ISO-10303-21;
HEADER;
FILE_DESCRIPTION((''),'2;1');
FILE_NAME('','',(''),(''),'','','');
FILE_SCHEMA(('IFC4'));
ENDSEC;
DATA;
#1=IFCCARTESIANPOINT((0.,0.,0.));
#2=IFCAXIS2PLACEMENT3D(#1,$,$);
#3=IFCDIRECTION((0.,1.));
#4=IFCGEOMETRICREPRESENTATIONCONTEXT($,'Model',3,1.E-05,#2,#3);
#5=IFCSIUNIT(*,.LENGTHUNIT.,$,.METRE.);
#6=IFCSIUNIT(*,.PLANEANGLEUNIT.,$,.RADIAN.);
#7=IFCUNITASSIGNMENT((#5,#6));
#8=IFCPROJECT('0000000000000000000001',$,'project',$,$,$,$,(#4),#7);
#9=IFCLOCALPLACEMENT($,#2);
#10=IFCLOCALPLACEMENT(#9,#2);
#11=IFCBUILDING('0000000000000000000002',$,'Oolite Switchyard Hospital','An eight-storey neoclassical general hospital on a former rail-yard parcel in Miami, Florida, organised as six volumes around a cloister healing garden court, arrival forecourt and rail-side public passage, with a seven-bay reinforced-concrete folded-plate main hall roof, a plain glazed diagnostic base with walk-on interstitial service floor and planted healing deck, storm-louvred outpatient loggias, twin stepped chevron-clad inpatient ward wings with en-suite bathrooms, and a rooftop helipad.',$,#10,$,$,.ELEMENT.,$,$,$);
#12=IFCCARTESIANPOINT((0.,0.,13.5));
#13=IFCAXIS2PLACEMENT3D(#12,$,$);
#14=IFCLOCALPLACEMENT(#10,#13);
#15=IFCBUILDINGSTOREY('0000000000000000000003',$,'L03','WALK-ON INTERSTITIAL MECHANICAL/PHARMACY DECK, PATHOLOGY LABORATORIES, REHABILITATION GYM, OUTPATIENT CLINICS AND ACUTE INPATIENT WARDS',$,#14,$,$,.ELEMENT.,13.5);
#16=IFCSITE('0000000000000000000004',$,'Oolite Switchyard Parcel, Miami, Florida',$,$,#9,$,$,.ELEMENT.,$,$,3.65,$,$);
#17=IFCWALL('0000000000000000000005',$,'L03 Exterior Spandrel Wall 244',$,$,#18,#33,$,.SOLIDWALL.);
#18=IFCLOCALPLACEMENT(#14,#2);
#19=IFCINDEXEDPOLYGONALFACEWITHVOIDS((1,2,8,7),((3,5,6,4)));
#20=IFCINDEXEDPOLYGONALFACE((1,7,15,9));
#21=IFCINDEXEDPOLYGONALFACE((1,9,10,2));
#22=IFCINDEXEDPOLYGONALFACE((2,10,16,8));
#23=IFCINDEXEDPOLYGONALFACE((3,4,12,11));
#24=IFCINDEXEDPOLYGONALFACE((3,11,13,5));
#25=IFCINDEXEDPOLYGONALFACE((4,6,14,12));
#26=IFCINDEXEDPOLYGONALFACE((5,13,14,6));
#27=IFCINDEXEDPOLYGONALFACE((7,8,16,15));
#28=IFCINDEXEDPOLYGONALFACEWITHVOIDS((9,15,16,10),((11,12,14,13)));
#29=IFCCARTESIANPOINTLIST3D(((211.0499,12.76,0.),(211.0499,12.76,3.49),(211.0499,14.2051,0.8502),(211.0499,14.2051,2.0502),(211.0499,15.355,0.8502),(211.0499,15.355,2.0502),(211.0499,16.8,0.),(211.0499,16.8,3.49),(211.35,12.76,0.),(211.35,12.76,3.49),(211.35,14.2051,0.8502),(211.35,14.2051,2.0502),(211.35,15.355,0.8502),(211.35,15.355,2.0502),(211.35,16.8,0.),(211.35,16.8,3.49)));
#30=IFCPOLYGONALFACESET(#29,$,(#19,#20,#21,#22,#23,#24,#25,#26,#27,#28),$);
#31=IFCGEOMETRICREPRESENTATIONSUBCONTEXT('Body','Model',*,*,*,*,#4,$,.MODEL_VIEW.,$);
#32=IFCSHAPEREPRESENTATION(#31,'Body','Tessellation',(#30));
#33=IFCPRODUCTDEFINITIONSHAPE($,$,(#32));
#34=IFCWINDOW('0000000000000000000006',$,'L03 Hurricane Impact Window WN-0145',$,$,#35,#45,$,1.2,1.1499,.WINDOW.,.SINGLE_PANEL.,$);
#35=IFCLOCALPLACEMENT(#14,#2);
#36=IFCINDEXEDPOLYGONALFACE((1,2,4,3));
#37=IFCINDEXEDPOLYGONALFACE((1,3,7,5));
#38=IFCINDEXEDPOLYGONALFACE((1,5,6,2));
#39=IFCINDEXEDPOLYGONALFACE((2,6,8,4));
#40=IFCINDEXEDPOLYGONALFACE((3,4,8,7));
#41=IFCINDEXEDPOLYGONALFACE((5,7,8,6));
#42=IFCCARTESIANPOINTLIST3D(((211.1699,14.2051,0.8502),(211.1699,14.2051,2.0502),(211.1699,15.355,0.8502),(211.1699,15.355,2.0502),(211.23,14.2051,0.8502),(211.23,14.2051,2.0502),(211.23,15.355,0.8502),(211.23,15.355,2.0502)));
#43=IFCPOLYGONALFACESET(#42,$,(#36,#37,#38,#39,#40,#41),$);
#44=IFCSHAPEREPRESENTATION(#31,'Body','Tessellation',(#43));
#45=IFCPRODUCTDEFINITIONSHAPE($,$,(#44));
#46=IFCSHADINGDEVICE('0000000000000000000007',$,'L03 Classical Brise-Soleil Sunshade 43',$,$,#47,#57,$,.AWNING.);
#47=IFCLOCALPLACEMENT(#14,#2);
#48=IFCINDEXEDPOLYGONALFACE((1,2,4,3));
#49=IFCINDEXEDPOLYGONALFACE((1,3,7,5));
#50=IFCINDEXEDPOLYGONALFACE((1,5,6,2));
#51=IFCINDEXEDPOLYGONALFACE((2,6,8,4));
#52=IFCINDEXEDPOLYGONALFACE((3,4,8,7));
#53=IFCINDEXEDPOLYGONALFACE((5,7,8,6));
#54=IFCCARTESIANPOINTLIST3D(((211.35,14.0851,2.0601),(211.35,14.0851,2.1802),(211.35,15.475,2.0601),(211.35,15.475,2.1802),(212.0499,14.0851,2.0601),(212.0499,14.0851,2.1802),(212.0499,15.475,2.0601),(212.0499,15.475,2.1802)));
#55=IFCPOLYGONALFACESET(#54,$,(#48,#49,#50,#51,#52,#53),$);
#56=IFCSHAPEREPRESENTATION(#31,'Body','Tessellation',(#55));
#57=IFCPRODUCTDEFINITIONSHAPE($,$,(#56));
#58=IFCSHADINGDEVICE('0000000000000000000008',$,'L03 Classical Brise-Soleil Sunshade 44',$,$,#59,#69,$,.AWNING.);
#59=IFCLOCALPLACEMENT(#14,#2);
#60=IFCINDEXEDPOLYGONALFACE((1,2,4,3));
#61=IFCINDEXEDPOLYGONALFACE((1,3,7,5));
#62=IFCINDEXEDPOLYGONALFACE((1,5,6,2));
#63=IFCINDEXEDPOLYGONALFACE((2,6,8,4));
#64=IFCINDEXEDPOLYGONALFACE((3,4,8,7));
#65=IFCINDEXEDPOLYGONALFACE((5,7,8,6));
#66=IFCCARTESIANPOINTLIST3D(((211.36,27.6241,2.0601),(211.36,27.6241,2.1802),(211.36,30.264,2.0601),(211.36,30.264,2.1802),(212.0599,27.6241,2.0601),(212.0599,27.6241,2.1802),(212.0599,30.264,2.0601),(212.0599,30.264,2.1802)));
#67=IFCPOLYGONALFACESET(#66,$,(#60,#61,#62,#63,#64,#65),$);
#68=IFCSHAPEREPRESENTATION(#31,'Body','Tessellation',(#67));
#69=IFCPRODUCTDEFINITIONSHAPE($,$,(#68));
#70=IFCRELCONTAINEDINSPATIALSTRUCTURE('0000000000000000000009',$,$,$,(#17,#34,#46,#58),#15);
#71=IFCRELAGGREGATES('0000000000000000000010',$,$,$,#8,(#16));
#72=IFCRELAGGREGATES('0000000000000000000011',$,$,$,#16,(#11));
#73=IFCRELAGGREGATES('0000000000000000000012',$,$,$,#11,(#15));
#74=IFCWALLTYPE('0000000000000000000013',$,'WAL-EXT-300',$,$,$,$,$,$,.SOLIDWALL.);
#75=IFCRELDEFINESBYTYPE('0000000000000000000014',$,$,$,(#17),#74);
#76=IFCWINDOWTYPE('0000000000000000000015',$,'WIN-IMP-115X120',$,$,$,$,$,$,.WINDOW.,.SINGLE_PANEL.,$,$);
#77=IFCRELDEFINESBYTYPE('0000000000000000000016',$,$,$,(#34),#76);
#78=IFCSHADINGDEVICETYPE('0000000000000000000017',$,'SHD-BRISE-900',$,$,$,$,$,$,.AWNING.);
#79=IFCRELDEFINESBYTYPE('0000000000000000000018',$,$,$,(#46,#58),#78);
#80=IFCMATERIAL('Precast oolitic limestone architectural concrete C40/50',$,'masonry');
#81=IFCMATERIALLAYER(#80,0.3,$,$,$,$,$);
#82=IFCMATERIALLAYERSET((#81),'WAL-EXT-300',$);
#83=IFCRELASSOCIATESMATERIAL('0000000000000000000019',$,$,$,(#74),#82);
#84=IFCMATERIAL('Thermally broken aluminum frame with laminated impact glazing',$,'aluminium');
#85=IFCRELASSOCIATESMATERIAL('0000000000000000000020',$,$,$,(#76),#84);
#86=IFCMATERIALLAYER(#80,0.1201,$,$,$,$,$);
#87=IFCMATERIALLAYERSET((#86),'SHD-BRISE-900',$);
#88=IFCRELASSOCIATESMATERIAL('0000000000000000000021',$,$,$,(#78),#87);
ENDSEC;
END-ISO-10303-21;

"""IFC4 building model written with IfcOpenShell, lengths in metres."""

from ifc_helpers import new_model, si_unit, direction, frame, frame_2d, origin, origin_2d, place, context, subcontext, project, spatial, rectangle, extrude, material, layer, layer_set, type_object, element, fill, save


model = new_model("IFC4")

# Units and contexts
model_context = context("Model", 3, precision=1e-05, world=origin(), true_north=direction((0.0, 1.0)))
body_context = subcontext(model_context, "Body", "Model", "MODEL_VIEW")
ifc_project = project(units=[si_unit("LENGTHUNIT", "METRE"), si_unit("PLANEANGLEUNIT", "RADIAN")], contexts=[model_context])

# Site, building, storey
site_placement = place(None, origin())
site = spatial("IfcSite", under=ifc_project, at=site_placement, Name="Oolite Switchyard Parcel, Miami, Florida", CompositionType="ELEMENT", RefElevation=3.65)
building_placement = place(site_placement, origin())
building = spatial("IfcBuilding", under=site, at=building_placement, Name="Oolite Switchyard Hospital", Description="An eight-storey neoclassical general hospital on a former rail-yard parcel in Miami, Florida, organised as six volumes around a cloister healing garden court, arrival forecourt and rail-side public passage, with a seven-bay reinforced-concrete folded-plate main hall roof, a plain glazed diagnostic base with walk-on interstitial service floor and planted healing deck, storm-louvred outpatient loggias, twin stepped chevron-clad inpatient ward wings with en-suite bathrooms, and a rooftop helipad.", CompositionType="ELEMENT")
storey_placement = place(building_placement, frame((0.0, 0.0, 13.5)))
storey = spatial("IfcBuildingStorey", under=building, at=storey_placement, Name="L03", Description="WALK-ON INTERSTITIAL MECHANICAL/PHARMACY DECK, PATHOLOGY LABORATORIES, REHABILITATION GYM, OUTPATIENT CLINICS AND ACUTE INPATIENT WARDS", CompositionType="ELEMENT", Elevation=13.5)

# Shared definitions
ifc_material_1 = material(Name="Thermally broken aluminum frame with laminated impact glazing", Category="aluminium")

# Wall, opening, window
ifc_material_2 = material(Name="Precast oolitic limestone architectural concrete C40/50", Category="masonry")
ifc_layer_1 = layer(ifc_material_2, 0.3)
ifc_layer_set_1 = layer_set([ifc_layer_1], Name="WAL-EXT-300")
wall_type = type_object("IfcWallType", Name="WAL-EXT-300", PredefinedType="SOLIDWALL", material=ifc_layer_set_1)
wall_placement = place(storey_placement, frame((211.2, 16.8, 0.0), z_axis=(0.0, 0.0, 1.0), x_axis=(0.0, -1.0, 0.0)))
wall = element("IfcWall", 1, at=wall_placement, inside=storey, type_object=wall_type, Name="L03 Exterior Spandrel Wall 244", PredefinedType="SOLIDWALL", context=body_context, shape_type="SweptSolid", body=[
    extrude(rectangle(XDim=4.04, YDim=0.3, at=frame_2d((2.02, 0.0))), origin(), (0.0, 0.0, 1.0), 3.49),
])
opening_placement = place(wall_placement, frame((1.4451, 0.0, 0.8501)))
opening = element("IfcOpeningElement", 2, at=opening_placement, cuts=wall, PredefinedType="OPENING", context=body_context, shape_type="SweptSolid", body=[
    extrude(rectangle(XDim=1.1499, YDim=1.2, at=frame_2d((0.575, 0.6001))), frame((0.0, 0.1602, 0.0), z_axis=(0.0, -1.0, 0.0), x_axis=(1.0, 0.0, 0.0)), (0.0, 0.0, 1.0), 0.3201),
])
window_type = type_object("IfcWindowType", Name="WIN-IMP-115X120", PartitioningType="SINGLE_PANEL", PredefinedType="WINDOW", material=ifc_material_1)
window_placement = place(opening_placement, origin())
window = element("IfcWindow", 3, at=window_placement, inside=storey, type_object=window_type, Name="L03 Hurricane Impact Window WN-0145", OverallHeight=1.2, OverallWidth=1.1499, PartitioningType="SINGLE_PANEL", PredefinedType="WINDOW", context=body_context, shape_type="SweptSolid", body=[
    extrude(rectangle(XDim=1.1499, YDim=1.2, at=frame_2d((0.575, 0.6001))), frame((0.0, 0.03, 0.0), z_axis=(0.0, -1.0, 0.0), x_axis=(1.0, 0.0, 0.0)), (0.0, 0.0, 1.0), 0.0601),
])
fill(opening, window)

# Shading devices
ifc_layer_2 = layer(ifc_material_2, 0.1201)
ifc_layer_set_2 = layer_set([ifc_layer_2], Name="SHD-BRISE-900")
shading_device_type = type_object("IfcShadingDeviceType", Name="SHD-BRISE-900", PredefinedType="AWNING", material=ifc_layer_set_2)
shading_device_1_placement = place(storey_placement, frame((211.7, 14.78, 2.0601), z_axis=(0.0, 0.0, 1.0), x_axis=(0.0, 1.0, 0.0)))
element("IfcShadingDevice", 4, at=shading_device_1_placement, inside=storey, type_object=shading_device_type, Name="L03 Classical Brise-Soleil Sunshade 43", PredefinedType="AWNING", context=body_context, shape_type="SweptSolid", body=[
    extrude(rectangle(XDim=1.3899, YDim=0.7, at=origin_2d()), origin(), (0.0, 0.0, 1.0), 0.1201),
])
shading_device_2_placement = place(storey_placement, frame((211.71, 28.9441, 2.0601), z_axis=(0.0, 0.0, 1.0), x_axis=(0.0, 1.0, 0.0)))
element("IfcShadingDevice", 5, at=shading_device_2_placement, inside=storey, type_object=shading_device_type, Name="L03 Classical Brise-Soleil Sunshade 44", PredefinedType="AWNING", context=body_context, shape_type="SweptSolid", body=[
    extrude(rectangle(XDim=2.6399, YDim=0.7, at=origin_2d()), origin(), (0.0, 0.0, 1.0), 0.1201),
])

save(model, "model.ifc")
